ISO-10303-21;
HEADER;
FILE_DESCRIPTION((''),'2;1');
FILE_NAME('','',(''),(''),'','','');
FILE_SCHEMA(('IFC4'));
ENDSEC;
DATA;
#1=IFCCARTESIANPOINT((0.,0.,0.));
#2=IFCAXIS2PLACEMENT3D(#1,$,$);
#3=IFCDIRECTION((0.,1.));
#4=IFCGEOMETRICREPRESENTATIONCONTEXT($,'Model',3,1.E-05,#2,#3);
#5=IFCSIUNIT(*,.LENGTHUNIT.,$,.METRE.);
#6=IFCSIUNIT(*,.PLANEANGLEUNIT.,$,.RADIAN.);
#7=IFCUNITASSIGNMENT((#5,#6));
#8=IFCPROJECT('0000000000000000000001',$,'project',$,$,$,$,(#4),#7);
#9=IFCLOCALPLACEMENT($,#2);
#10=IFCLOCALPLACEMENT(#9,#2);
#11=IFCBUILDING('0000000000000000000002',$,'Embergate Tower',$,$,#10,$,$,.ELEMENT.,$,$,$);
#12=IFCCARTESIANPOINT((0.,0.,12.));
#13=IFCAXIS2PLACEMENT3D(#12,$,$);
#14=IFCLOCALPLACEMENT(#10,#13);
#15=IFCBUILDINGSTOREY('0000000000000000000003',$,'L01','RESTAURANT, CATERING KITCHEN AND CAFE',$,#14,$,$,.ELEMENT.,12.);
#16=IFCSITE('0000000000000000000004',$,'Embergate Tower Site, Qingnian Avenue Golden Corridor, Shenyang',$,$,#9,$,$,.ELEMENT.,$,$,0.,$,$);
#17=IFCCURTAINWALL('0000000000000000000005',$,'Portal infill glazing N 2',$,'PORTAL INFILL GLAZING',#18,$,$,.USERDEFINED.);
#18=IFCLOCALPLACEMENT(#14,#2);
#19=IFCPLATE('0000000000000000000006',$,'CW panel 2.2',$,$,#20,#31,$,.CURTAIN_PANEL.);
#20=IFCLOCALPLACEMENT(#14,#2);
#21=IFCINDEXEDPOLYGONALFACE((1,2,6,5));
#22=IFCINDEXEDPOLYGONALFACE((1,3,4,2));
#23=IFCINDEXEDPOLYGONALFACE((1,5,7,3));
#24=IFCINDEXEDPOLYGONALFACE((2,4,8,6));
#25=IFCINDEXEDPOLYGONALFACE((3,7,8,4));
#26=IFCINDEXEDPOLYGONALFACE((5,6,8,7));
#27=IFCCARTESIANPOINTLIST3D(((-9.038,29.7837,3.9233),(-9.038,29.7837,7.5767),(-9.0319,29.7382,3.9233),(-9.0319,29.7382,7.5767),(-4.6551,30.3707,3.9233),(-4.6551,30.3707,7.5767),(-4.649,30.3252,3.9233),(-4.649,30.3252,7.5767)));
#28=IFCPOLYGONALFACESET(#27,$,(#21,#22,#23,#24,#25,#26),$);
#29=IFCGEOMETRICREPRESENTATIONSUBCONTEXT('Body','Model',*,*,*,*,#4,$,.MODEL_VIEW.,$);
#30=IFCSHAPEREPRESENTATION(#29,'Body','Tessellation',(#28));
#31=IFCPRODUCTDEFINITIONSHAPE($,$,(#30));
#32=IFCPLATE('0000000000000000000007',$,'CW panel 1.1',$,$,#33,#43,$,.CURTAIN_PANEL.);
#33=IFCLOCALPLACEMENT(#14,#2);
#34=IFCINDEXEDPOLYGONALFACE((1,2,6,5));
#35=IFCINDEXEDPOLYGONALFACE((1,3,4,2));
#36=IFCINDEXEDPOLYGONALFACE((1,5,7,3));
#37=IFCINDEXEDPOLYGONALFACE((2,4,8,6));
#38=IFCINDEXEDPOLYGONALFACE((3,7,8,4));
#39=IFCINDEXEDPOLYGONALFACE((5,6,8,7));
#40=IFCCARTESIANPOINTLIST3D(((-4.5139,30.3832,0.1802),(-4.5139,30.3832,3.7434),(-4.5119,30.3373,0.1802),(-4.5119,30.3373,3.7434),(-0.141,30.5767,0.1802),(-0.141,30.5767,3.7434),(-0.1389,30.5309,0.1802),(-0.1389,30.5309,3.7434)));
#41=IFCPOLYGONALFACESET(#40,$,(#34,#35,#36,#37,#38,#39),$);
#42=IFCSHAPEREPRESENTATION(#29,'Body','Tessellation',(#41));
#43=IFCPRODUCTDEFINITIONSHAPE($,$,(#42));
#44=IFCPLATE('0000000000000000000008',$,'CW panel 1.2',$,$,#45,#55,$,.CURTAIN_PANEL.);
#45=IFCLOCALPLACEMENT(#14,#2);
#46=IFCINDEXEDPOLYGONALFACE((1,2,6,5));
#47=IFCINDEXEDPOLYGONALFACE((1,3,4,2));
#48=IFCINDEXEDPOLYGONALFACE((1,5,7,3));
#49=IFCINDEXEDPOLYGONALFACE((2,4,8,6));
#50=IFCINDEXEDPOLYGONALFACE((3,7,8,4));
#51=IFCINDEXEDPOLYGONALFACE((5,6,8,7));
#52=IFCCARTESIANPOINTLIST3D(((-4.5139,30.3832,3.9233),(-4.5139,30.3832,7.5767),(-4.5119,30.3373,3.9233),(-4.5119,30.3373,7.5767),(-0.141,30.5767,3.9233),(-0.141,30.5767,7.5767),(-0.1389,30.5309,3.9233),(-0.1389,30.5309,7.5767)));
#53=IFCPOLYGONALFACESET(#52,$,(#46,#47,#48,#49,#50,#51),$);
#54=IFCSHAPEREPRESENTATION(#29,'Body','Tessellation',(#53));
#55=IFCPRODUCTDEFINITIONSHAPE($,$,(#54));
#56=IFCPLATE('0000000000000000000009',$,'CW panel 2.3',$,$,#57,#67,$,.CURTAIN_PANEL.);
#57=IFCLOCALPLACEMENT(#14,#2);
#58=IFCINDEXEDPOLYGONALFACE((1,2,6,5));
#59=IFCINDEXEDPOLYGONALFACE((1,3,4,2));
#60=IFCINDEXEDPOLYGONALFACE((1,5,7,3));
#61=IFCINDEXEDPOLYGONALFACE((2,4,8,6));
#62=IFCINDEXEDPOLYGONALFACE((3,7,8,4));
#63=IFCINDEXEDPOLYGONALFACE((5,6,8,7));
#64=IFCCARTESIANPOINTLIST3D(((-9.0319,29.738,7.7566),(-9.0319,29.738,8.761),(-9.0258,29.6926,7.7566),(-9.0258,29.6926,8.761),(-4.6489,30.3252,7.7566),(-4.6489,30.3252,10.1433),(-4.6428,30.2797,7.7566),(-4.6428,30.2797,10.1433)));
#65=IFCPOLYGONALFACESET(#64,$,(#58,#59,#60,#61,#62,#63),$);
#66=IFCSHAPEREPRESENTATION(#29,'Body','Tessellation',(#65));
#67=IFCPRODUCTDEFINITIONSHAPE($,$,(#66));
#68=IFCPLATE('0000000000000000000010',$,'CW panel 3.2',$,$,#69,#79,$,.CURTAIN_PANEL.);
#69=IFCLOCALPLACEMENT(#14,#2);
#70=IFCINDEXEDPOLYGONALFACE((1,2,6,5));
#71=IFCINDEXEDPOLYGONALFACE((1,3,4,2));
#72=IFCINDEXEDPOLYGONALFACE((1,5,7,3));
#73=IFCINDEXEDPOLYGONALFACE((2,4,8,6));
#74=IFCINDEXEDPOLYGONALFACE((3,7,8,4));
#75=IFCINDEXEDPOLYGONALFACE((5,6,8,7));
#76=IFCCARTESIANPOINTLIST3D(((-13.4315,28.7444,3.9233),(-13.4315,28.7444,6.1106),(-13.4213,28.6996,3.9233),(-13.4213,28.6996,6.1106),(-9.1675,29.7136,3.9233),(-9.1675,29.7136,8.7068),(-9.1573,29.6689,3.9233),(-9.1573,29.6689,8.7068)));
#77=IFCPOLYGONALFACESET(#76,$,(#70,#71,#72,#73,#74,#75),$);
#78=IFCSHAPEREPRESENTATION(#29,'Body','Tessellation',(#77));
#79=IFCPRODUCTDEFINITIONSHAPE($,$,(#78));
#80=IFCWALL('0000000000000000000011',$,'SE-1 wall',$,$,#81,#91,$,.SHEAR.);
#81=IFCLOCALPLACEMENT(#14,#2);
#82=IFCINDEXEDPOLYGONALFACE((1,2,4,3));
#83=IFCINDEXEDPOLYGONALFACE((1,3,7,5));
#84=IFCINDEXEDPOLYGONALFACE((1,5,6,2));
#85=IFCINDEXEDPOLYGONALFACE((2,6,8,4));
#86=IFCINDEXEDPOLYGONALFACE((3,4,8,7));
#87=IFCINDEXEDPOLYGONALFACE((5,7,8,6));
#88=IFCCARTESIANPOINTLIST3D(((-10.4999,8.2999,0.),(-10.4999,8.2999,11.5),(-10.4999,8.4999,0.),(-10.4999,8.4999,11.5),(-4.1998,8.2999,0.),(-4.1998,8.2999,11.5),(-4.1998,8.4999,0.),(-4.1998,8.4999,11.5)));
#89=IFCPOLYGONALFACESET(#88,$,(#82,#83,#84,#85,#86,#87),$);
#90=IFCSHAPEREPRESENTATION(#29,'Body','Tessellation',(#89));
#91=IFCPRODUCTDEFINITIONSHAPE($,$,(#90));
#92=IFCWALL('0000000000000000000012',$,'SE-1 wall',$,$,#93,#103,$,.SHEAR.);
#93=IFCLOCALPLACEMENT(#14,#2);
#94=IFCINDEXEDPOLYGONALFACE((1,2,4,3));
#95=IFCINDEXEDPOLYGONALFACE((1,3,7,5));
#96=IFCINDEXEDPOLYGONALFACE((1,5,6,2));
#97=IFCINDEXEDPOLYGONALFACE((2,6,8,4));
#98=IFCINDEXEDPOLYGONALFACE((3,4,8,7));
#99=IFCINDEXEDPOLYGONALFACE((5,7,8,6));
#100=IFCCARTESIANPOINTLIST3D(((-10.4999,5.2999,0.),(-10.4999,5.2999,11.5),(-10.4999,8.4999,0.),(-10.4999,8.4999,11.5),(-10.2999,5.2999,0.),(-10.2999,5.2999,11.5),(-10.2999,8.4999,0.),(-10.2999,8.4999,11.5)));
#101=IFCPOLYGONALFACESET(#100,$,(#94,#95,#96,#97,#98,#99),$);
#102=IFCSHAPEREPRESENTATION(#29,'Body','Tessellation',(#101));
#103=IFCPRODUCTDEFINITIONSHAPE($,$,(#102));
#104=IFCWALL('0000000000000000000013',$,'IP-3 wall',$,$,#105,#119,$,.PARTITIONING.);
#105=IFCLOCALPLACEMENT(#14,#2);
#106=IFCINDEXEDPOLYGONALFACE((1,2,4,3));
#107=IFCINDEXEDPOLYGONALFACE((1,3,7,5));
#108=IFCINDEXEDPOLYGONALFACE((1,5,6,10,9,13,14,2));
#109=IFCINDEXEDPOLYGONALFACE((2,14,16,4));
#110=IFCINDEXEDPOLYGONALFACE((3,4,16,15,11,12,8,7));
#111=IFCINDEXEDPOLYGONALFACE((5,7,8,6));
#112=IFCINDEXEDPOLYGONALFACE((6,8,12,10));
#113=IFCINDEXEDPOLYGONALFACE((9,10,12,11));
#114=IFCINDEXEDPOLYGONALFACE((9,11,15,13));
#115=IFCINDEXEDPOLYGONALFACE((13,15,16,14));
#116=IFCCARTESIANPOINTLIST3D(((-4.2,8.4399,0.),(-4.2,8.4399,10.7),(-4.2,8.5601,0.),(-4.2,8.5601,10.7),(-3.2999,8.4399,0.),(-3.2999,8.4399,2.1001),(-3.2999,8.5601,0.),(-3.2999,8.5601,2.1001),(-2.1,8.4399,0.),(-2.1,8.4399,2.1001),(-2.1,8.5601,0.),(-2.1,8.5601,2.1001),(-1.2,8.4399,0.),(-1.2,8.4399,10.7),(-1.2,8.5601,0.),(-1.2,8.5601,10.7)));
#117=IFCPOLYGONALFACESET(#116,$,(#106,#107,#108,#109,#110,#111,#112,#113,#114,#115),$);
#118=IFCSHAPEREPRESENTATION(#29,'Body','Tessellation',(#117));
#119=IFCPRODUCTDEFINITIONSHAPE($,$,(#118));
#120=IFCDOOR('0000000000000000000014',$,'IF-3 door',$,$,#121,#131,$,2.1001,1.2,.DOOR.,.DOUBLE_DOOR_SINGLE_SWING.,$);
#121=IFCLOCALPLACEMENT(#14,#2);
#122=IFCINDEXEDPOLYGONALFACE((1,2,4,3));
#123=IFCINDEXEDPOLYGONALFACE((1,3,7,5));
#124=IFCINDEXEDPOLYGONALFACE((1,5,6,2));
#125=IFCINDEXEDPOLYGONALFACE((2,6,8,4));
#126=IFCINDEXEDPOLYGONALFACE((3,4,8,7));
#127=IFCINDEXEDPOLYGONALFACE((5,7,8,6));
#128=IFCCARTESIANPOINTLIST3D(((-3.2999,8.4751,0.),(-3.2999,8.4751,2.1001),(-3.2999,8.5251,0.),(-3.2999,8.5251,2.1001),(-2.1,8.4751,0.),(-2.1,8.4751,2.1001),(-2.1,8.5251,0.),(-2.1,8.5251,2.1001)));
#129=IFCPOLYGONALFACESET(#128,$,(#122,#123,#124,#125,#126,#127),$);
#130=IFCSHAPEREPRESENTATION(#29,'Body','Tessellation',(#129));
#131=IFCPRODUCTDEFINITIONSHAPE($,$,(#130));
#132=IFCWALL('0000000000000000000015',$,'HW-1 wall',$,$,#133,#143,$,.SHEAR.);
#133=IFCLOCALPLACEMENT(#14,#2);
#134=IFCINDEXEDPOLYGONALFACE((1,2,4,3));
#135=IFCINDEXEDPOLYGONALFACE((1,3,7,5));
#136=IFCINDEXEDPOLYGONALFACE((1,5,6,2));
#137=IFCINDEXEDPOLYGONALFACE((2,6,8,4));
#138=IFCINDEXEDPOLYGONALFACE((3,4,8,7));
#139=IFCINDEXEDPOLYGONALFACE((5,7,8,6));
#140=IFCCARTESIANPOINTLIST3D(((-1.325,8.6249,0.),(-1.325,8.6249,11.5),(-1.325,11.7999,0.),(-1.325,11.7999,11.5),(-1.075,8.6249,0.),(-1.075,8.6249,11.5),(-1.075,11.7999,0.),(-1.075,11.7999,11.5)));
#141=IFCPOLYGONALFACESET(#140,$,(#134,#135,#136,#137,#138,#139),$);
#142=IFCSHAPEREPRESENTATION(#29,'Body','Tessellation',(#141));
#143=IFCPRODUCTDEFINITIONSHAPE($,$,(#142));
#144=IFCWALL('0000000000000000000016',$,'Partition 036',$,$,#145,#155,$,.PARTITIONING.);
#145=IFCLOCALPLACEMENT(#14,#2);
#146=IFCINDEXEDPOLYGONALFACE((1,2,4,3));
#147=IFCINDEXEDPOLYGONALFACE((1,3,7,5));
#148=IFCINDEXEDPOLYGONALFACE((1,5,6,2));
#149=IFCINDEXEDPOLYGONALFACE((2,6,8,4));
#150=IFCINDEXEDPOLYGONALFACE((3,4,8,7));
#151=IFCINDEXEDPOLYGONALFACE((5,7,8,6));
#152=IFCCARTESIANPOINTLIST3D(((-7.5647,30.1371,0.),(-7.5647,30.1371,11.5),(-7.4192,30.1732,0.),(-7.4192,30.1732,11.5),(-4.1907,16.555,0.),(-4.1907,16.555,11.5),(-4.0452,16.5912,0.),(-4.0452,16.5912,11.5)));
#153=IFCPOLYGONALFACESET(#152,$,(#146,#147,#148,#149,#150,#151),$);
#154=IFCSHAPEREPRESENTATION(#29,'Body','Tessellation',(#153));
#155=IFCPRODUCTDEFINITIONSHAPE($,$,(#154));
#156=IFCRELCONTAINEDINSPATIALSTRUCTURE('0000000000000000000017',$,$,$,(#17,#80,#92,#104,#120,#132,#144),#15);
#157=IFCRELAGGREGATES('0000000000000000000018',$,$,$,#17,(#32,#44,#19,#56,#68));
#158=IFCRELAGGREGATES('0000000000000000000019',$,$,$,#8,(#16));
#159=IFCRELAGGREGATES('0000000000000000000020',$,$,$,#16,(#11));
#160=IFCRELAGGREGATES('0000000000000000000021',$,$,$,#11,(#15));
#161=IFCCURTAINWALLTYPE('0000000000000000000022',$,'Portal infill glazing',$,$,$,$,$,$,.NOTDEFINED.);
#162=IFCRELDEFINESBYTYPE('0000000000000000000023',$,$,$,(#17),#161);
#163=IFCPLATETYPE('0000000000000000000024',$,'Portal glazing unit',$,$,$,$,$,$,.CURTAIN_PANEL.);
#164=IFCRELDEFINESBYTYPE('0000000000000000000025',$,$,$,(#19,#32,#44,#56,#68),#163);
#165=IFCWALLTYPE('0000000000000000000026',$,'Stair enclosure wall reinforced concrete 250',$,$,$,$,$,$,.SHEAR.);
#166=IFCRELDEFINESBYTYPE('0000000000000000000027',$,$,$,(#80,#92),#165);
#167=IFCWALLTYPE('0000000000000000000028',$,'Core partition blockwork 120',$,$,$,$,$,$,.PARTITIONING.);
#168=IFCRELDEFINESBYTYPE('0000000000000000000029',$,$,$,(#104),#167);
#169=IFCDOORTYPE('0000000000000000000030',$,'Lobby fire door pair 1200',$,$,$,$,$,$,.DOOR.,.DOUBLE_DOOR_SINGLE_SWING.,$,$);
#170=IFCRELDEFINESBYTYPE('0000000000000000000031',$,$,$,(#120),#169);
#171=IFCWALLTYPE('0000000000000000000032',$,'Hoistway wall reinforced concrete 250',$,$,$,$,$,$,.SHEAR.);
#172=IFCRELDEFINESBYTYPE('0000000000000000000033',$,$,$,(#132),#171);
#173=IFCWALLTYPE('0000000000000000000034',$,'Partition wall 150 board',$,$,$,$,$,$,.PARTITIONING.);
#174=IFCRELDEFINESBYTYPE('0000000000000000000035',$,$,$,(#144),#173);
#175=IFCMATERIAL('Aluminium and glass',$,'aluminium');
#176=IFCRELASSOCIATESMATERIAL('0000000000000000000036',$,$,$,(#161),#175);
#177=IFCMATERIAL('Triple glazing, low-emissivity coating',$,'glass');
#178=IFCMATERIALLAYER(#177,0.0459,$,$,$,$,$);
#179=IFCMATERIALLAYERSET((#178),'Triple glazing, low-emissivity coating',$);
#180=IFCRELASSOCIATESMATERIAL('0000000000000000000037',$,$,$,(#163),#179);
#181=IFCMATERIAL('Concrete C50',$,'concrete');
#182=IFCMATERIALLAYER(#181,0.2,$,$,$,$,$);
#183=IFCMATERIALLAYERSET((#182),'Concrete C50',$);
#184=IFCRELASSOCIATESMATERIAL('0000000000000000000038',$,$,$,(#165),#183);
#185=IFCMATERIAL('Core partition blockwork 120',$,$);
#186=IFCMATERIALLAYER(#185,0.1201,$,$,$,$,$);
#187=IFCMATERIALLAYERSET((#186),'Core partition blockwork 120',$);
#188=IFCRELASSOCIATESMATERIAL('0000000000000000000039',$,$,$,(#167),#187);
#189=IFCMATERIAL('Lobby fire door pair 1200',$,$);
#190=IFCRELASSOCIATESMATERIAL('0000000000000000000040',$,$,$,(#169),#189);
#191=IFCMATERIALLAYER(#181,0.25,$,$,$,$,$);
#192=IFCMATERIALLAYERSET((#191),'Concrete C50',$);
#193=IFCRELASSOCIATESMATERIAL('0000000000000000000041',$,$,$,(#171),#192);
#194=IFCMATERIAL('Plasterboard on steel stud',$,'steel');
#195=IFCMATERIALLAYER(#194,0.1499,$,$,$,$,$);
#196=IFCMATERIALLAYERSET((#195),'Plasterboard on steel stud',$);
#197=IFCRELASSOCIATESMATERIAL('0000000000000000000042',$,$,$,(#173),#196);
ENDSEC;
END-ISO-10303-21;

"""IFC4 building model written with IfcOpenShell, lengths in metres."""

from ifc_helpers import new_model, si_unit, direction, frame, frame_2d, origin, origin_2d, place, context, subcontext, project, spatial, polyline, rectangle, outline, extrude, source, transform, mapped, material, layer, layer_set, type_object, element, fill, aggregate, save


model = new_model("IFC4")

# Units and contexts
model_context = context("Model", 3, precision=1e-05, world=origin(), true_north=direction((0.0, 1.0)))
body_context = subcontext(model_context, "Body", "Model", "MODEL_VIEW")
ifc_project = project(units=[si_unit("LENGTHUNIT", "METRE"), si_unit("PLANEANGLEUNIT", "RADIAN")], contexts=[model_context])

# Site, building, storey
site_placement = place(None, origin())
site = spatial("IfcSite", under=ifc_project, at=site_placement, Name="Embergate Tower Site, Qingnian Avenue Golden Corridor, Shenyang", CompositionType="ELEMENT", RefElevation=0.0)
building_placement = place(site_placement, origin())
building = spatial("IfcBuilding", under=site, at=building_placement, Name="Embergate Tower", CompositionType="ELEMENT")
storey_placement = place(building_placement, frame((0.0, 0.0, 12.0)))
storey = spatial("IfcBuildingStorey", under=building, at=storey_placement, Name="L01", Description="RESTAURANT, CATERING KITCHEN AND CAFE", CompositionType="ELEMENT", Elevation=12.0)

# Curtain wall, plates
ifc_material_1 = material(Name="Aluminium and glass", Category="aluminium")
curtain_wall_type = type_object("IfcCurtainWallType", Name="Portal infill glazing", PredefinedType="NOTDEFINED", material=ifc_material_1)
curtain_wall_placement = place(storey_placement, origin())
curtain_wall = element("IfcCurtainWall", 1, at=curtain_wall_placement, inside=storey, type_object=curtain_wall_type, Name="Portal infill glazing N 2", ObjectType="PORTAL INFILL GLAZING", PredefinedType="USERDEFINED")
ifc_material_2 = material(Name="Triple glazing, low-emissivity coating", Category="glass")
ifc_layer_1 = layer(ifc_material_2, 0.0459)
ifc_layer_set_1 = layer_set([ifc_layer_1], Name="Triple glazing, low-emissivity coating")
plate_type = type_object("IfcPlateType", Name="Portal glazing unit", PredefinedType="CURTAIN_PANEL", material=ifc_layer_set_1)
shared_shape_1 = source(origin(), body_context, "Body", "SweptSolid", [
    extrude(rectangle(XDim=4.4221, YDim=0.0459, at=origin_2d()), origin(), (0.0, 0.0, 1.0), 3.6533),
])
plate_1_placement = place(storey_placement, frame((-6.8435, 30.0544, 3.9233), z_axis=(0.0, 0.0, 1.0), x_axis=(-0.991148, -0.132758, 0.0)))
plate_1 = element("IfcPlate", 2, at=plate_1_placement, type_object=plate_type, Name="CW panel 2.2", PredefinedType="CURTAIN_PANEL", context=body_context, shape_type="MappedRepresentation", body=[
    mapped(shared_shape_1, transform((0.0, 0.0, 0.0))),
])
shared_shape_2 = source(origin(), body_context, "Body", "SweptSolid", [
    extrude(rectangle(XDim=4.3772, YDim=0.0459, at=origin_2d()), origin(), (0.0, 0.0, 1.0), 3.5632),
])
plate_2_placement = place(storey_placement, frame((-2.3264, 30.457, 0.1802), z_axis=(0.0, 0.0, 1.0), x_axis=(-0.999022, -0.04421, 0.0)))
plate_2 = element("IfcPlate", 3, at=plate_2_placement, type_object=plate_type, Name="CW panel 1.1", PredefinedType="CURTAIN_PANEL", context=body_context, shape_type="MappedRepresentation", body=[
    mapped(shared_shape_2, transform((0.0, 0.0, 0.0))),
])
shared_shape_3 = source(origin(), body_context, "Body", "SweptSolid", [
    extrude(rectangle(XDim=4.3772, YDim=0.0459, at=origin_2d()), origin(), (0.0, 0.0, 1.0), 3.6533),
])
plate_3_placement = place(storey_placement, frame((-2.3264, 30.457, 3.9233), z_axis=(0.0, 0.0, 1.0), x_axis=(-0.999022, -0.04421, 0.0)))
plate_3 = element("IfcPlate", 4, at=plate_3_placement, type_object=plate_type, Name="CW panel 1.2", PredefinedType="CURTAIN_PANEL", context=body_context, shape_type="MappedRepresentation", body=[
    mapped(shared_shape_3, transform((0.0, 0.0, 0.0))),
])
shared_shape_4 = source(origin(), body_context, "Body", "SweptSolid", [
    extrude(outline(polyline([(0.0, 0.0), (4.4221, 0.0), (4.4221, 1.0044), (0.0, 2.3867), (0.0, 0.0)])), origin(), (0.0, 0.0, -1.0), 0.0459),
])
plate_4_placement = place(storey_placement, frame((-4.6489, 30.3252, 7.7566), z_axis=(-0.132775, 0.991146, 0.0), x_axis=(-0.991146, -0.132775, 0.0)))
plate_4 = element("IfcPlate", 5, at=plate_4_placement, type_object=plate_type, Name="CW panel 2.3", PredefinedType="CURTAIN_PANEL", context=body_context, shape_type="MappedRepresentation", body=[
    mapped(shared_shape_4, transform((0.0, 0.0, 0.0))),
])
shared_shape_5 = source(origin(), body_context, "Body", "SweptSolid", [
    extrude(outline(polyline([(0.0, 0.0), (4.3728, 0.0), (4.3728, 2.1873), (0.0, 4.7834), (0.0, 0.0)])), origin(), (0.0, 0.0, -1.0), 0.0459),
])
plate_5_placement = place(storey_placement, frame((-9.1675, 29.7136, 3.9233), z_axis=(-0.221657, 0.975125, 0.0), x_axis=(-0.975125, -0.221657, 0.0)))
plate_5 = element("IfcPlate", 6, at=plate_5_placement, type_object=plate_type, Name="CW panel 3.2", PredefinedType="CURTAIN_PANEL", context=body_context, shape_type="MappedRepresentation", body=[
    mapped(shared_shape_5, transform((0.0, 0.0, 0.0))),
])
aggregate(curtain_wall, [plate_2, plate_3, plate_1, plate_4, plate_5])

# Walls
ifc_material_3 = material(Name="Concrete C50", Category="concrete")
ifc_layer_2 = layer(ifc_material_3, 0.2)
ifc_layer_set_2 = layer_set([ifc_layer_2], Name="Concrete C50")
wall_type_1 = type_object("IfcWallType", Name="Stair enclosure wall reinforced concrete 250", PredefinedType="SHEAR", material=ifc_layer_set_2)
shared_shape_6 = source(origin(), body_context, "Body", "SweptSolid", [
    extrude(rectangle(XDim=6.3, YDim=0.2, at=frame_2d((3.1499, 0.0))), origin(), (0.0, 0.0, 1.0), 11.5),
])
wall_1_placement = place(storey_placement, frame((-4.2, 8.3999, 0.0), z_axis=(0.0, 0.0, 1.0), x_axis=(-1.0, 0.0, 0.0)))
element("IfcWall", 7, at=wall_1_placement, inside=storey, type_object=wall_type_1, Name="SE-1 wall", PredefinedType="SHEAR", context=body_context, shape_type="MappedRepresentation", body=[
    mapped(shared_shape_6, transform((0.0, 0.0, 0.0))),
])
shared_shape_7 = source(origin(), body_context, "Body", "SweptSolid", [
    extrude(rectangle(XDim=3.2, YDim=0.2, at=frame_2d((1.6001, 0.0))), origin(), (0.0, 0.0, 1.0), 11.5),
])
wall_2_placement = place(storey_placement, frame((-10.3999, 8.5, 0.0), z_axis=(0.0, 0.0, 1.0), x_axis=(0.0, -1.0, 0.0)))
element("IfcWall", 8, at=wall_2_placement, inside=storey, type_object=wall_type_1, Name="SE-1 wall", PredefinedType="SHEAR", context=body_context, shape_type="MappedRepresentation", body=[
    mapped(shared_shape_7, transform((0.0, 0.0, 0.0))),
])

# Wall, opening, door
ifc_material_4 = material(Name="Core partition blockwork 120")
ifc_layer_3 = layer(ifc_material_4, 0.1201)
ifc_layer_set_3 = layer_set([ifc_layer_3], Name="Core partition blockwork 120")
wall_type_2 = type_object("IfcWallType", Name="Core partition blockwork 120", PredefinedType="PARTITIONING", material=ifc_layer_set_3)
shared_shape_8 = source(origin(), body_context, "Body", "SweptSolid", [
    extrude(rectangle(XDim=3.0, YDim=0.1201, at=frame_2d((1.5, 0.0))), origin(), (0.0, 0.0, 1.0), 10.7),
])
wall_3_placement = place(storey_placement, frame((-1.2, 8.5, 0.0), z_axis=(0.0, 0.0, 1.0), x_axis=(-1.0, 0.0, 0.0)))
wall_3 = element("IfcWall", 9, at=wall_3_placement, inside=storey, type_object=wall_type_2, Name="IP-3 wall", PredefinedType="PARTITIONING", context=body_context, shape_type="MappedRepresentation", body=[
    mapped(shared_shape_8, transform((0.0, 0.0, 0.0))),
])
shared_shape_9 = source(origin(), body_context, "Body", "SweptSolid", [
    extrude(rectangle(XDim=1.2, YDim=2.1001, at=frame_2d((0.6001, 1.05))), frame((0.0, 0.0701, 0.0), z_axis=(0.0, -1.0, 0.0), x_axis=(1.0, 0.0, 0.0)), (0.0, 0.0, 1.0), 0.1401),
])
opening_1_placement = place(wall_3_placement, frame((0.8999, 0.0, 0.0)))
opening_1 = element("IfcOpeningElement", 10, at=opening_1_placement, cuts=wall_3, PredefinedType="OPENING", context=body_context, shape_type="MappedRepresentation", body=[
    mapped(shared_shape_9, transform((0.0, 0.0, 0.0))),
])
ifc_material_5 = material(Name="Lobby fire door pair 1200")
door_type_1 = type_object("IfcDoorType", Name="Lobby fire door pair 1200", OperationType="DOUBLE_DOOR_SINGLE_SWING", PredefinedType="DOOR", material=ifc_material_5)
shared_shape_10 = source(origin(), body_context, "Body", "SweptSolid", [
    extrude(rectangle(XDim=1.2, YDim=2.1001, at=frame_2d((0.6001, 1.05))), frame((0.0, 0.0249, 0.0), z_axis=(0.0, -1.0, 0.0), x_axis=(1.0, 0.0, 0.0)), (0.0, 0.0, 1.0), 0.05),
])
door_1_placement = place(opening_1_placement, origin())
door_1 = element("IfcDoor", 11, at=door_1_placement, inside=storey, type_object=door_type_1, Name="IF-3 door", OperationType="DOUBLE_DOOR_SINGLE_SWING", OverallHeight=2.1001, OverallWidth=1.2, PredefinedType="DOOR", context=body_context, shape_type="MappedRepresentation", body=[
    mapped(shared_shape_10, transform((0.0, 0.0, 0.0))),
])
fill(opening_1, door_1)

# Walls
ifc_layer_4 = layer(ifc_material_3, 0.25)
ifc_layer_set_4 = layer_set([ifc_layer_4], Name="Concrete C50")
wall_type_3 = type_object("IfcWallType", Name="Hoistway wall reinforced concrete 250", PredefinedType="SHEAR", material=ifc_layer_set_4)
shared_shape_11 = source(origin(), body_context, "Body", "SweptSolid", [
    extrude(rectangle(XDim=3.175, YDim=0.25, at=frame_2d((1.5874, 0.0))), origin(), (0.0, 0.0, 1.0), 11.5),
])
wall_4_placement = place(storey_placement, frame((-1.2, 8.625, 0.0), z_axis=(0.0, 0.0, 1.0), x_axis=(0.0, 1.0, 0.0)))
element("IfcWall", 12, at=wall_4_placement, inside=storey, type_object=wall_type_3, Name="HW-1 wall", PredefinedType="SHEAR", context=body_context, shape_type="MappedRepresentation", body=[
    mapped(shared_shape_11, transform((0.0, 0.0, 0.0))),
])
ifc_material_6 = material(Name="Plasterboard on steel stud", Category="steel")
ifc_layer_5 = layer(ifc_material_6, 0.1499)
ifc_layer_set_5 = layer_set([ifc_layer_5], Name="Plasterboard on steel stud")
wall_type_4 = type_object("IfcWallType", Name="Partition wall 150 board", PredefinedType="PARTITIONING", material=ifc_layer_set_5)
shared_shape_12 = source(origin(), body_context, "Body", "SweptSolid", [
    extrude(rectangle(XDim=13.9949, YDim=0.1499, at=frame_2d((6.9976, 0.0))), origin(), (0.0, 0.0, 1.0), 11.5),
])
wall_5_placement = place(storey_placement, frame((-4.1179, 16.573, 0.0), z_axis=(0.0, 0.0, 1.0), x_axis=(-0.24109, 0.970503, 0.0)))
element("IfcWall", 13, at=wall_5_placement, inside=storey, type_object=wall_type_4, Name="Partition 036", PredefinedType="PARTITIONING", context=body_context, shape_type="MappedRepresentation", body=[
    mapped(shared_shape_12, transform((0.0, 0.0, 0.0))),
])

save(model, "model.ifc")
